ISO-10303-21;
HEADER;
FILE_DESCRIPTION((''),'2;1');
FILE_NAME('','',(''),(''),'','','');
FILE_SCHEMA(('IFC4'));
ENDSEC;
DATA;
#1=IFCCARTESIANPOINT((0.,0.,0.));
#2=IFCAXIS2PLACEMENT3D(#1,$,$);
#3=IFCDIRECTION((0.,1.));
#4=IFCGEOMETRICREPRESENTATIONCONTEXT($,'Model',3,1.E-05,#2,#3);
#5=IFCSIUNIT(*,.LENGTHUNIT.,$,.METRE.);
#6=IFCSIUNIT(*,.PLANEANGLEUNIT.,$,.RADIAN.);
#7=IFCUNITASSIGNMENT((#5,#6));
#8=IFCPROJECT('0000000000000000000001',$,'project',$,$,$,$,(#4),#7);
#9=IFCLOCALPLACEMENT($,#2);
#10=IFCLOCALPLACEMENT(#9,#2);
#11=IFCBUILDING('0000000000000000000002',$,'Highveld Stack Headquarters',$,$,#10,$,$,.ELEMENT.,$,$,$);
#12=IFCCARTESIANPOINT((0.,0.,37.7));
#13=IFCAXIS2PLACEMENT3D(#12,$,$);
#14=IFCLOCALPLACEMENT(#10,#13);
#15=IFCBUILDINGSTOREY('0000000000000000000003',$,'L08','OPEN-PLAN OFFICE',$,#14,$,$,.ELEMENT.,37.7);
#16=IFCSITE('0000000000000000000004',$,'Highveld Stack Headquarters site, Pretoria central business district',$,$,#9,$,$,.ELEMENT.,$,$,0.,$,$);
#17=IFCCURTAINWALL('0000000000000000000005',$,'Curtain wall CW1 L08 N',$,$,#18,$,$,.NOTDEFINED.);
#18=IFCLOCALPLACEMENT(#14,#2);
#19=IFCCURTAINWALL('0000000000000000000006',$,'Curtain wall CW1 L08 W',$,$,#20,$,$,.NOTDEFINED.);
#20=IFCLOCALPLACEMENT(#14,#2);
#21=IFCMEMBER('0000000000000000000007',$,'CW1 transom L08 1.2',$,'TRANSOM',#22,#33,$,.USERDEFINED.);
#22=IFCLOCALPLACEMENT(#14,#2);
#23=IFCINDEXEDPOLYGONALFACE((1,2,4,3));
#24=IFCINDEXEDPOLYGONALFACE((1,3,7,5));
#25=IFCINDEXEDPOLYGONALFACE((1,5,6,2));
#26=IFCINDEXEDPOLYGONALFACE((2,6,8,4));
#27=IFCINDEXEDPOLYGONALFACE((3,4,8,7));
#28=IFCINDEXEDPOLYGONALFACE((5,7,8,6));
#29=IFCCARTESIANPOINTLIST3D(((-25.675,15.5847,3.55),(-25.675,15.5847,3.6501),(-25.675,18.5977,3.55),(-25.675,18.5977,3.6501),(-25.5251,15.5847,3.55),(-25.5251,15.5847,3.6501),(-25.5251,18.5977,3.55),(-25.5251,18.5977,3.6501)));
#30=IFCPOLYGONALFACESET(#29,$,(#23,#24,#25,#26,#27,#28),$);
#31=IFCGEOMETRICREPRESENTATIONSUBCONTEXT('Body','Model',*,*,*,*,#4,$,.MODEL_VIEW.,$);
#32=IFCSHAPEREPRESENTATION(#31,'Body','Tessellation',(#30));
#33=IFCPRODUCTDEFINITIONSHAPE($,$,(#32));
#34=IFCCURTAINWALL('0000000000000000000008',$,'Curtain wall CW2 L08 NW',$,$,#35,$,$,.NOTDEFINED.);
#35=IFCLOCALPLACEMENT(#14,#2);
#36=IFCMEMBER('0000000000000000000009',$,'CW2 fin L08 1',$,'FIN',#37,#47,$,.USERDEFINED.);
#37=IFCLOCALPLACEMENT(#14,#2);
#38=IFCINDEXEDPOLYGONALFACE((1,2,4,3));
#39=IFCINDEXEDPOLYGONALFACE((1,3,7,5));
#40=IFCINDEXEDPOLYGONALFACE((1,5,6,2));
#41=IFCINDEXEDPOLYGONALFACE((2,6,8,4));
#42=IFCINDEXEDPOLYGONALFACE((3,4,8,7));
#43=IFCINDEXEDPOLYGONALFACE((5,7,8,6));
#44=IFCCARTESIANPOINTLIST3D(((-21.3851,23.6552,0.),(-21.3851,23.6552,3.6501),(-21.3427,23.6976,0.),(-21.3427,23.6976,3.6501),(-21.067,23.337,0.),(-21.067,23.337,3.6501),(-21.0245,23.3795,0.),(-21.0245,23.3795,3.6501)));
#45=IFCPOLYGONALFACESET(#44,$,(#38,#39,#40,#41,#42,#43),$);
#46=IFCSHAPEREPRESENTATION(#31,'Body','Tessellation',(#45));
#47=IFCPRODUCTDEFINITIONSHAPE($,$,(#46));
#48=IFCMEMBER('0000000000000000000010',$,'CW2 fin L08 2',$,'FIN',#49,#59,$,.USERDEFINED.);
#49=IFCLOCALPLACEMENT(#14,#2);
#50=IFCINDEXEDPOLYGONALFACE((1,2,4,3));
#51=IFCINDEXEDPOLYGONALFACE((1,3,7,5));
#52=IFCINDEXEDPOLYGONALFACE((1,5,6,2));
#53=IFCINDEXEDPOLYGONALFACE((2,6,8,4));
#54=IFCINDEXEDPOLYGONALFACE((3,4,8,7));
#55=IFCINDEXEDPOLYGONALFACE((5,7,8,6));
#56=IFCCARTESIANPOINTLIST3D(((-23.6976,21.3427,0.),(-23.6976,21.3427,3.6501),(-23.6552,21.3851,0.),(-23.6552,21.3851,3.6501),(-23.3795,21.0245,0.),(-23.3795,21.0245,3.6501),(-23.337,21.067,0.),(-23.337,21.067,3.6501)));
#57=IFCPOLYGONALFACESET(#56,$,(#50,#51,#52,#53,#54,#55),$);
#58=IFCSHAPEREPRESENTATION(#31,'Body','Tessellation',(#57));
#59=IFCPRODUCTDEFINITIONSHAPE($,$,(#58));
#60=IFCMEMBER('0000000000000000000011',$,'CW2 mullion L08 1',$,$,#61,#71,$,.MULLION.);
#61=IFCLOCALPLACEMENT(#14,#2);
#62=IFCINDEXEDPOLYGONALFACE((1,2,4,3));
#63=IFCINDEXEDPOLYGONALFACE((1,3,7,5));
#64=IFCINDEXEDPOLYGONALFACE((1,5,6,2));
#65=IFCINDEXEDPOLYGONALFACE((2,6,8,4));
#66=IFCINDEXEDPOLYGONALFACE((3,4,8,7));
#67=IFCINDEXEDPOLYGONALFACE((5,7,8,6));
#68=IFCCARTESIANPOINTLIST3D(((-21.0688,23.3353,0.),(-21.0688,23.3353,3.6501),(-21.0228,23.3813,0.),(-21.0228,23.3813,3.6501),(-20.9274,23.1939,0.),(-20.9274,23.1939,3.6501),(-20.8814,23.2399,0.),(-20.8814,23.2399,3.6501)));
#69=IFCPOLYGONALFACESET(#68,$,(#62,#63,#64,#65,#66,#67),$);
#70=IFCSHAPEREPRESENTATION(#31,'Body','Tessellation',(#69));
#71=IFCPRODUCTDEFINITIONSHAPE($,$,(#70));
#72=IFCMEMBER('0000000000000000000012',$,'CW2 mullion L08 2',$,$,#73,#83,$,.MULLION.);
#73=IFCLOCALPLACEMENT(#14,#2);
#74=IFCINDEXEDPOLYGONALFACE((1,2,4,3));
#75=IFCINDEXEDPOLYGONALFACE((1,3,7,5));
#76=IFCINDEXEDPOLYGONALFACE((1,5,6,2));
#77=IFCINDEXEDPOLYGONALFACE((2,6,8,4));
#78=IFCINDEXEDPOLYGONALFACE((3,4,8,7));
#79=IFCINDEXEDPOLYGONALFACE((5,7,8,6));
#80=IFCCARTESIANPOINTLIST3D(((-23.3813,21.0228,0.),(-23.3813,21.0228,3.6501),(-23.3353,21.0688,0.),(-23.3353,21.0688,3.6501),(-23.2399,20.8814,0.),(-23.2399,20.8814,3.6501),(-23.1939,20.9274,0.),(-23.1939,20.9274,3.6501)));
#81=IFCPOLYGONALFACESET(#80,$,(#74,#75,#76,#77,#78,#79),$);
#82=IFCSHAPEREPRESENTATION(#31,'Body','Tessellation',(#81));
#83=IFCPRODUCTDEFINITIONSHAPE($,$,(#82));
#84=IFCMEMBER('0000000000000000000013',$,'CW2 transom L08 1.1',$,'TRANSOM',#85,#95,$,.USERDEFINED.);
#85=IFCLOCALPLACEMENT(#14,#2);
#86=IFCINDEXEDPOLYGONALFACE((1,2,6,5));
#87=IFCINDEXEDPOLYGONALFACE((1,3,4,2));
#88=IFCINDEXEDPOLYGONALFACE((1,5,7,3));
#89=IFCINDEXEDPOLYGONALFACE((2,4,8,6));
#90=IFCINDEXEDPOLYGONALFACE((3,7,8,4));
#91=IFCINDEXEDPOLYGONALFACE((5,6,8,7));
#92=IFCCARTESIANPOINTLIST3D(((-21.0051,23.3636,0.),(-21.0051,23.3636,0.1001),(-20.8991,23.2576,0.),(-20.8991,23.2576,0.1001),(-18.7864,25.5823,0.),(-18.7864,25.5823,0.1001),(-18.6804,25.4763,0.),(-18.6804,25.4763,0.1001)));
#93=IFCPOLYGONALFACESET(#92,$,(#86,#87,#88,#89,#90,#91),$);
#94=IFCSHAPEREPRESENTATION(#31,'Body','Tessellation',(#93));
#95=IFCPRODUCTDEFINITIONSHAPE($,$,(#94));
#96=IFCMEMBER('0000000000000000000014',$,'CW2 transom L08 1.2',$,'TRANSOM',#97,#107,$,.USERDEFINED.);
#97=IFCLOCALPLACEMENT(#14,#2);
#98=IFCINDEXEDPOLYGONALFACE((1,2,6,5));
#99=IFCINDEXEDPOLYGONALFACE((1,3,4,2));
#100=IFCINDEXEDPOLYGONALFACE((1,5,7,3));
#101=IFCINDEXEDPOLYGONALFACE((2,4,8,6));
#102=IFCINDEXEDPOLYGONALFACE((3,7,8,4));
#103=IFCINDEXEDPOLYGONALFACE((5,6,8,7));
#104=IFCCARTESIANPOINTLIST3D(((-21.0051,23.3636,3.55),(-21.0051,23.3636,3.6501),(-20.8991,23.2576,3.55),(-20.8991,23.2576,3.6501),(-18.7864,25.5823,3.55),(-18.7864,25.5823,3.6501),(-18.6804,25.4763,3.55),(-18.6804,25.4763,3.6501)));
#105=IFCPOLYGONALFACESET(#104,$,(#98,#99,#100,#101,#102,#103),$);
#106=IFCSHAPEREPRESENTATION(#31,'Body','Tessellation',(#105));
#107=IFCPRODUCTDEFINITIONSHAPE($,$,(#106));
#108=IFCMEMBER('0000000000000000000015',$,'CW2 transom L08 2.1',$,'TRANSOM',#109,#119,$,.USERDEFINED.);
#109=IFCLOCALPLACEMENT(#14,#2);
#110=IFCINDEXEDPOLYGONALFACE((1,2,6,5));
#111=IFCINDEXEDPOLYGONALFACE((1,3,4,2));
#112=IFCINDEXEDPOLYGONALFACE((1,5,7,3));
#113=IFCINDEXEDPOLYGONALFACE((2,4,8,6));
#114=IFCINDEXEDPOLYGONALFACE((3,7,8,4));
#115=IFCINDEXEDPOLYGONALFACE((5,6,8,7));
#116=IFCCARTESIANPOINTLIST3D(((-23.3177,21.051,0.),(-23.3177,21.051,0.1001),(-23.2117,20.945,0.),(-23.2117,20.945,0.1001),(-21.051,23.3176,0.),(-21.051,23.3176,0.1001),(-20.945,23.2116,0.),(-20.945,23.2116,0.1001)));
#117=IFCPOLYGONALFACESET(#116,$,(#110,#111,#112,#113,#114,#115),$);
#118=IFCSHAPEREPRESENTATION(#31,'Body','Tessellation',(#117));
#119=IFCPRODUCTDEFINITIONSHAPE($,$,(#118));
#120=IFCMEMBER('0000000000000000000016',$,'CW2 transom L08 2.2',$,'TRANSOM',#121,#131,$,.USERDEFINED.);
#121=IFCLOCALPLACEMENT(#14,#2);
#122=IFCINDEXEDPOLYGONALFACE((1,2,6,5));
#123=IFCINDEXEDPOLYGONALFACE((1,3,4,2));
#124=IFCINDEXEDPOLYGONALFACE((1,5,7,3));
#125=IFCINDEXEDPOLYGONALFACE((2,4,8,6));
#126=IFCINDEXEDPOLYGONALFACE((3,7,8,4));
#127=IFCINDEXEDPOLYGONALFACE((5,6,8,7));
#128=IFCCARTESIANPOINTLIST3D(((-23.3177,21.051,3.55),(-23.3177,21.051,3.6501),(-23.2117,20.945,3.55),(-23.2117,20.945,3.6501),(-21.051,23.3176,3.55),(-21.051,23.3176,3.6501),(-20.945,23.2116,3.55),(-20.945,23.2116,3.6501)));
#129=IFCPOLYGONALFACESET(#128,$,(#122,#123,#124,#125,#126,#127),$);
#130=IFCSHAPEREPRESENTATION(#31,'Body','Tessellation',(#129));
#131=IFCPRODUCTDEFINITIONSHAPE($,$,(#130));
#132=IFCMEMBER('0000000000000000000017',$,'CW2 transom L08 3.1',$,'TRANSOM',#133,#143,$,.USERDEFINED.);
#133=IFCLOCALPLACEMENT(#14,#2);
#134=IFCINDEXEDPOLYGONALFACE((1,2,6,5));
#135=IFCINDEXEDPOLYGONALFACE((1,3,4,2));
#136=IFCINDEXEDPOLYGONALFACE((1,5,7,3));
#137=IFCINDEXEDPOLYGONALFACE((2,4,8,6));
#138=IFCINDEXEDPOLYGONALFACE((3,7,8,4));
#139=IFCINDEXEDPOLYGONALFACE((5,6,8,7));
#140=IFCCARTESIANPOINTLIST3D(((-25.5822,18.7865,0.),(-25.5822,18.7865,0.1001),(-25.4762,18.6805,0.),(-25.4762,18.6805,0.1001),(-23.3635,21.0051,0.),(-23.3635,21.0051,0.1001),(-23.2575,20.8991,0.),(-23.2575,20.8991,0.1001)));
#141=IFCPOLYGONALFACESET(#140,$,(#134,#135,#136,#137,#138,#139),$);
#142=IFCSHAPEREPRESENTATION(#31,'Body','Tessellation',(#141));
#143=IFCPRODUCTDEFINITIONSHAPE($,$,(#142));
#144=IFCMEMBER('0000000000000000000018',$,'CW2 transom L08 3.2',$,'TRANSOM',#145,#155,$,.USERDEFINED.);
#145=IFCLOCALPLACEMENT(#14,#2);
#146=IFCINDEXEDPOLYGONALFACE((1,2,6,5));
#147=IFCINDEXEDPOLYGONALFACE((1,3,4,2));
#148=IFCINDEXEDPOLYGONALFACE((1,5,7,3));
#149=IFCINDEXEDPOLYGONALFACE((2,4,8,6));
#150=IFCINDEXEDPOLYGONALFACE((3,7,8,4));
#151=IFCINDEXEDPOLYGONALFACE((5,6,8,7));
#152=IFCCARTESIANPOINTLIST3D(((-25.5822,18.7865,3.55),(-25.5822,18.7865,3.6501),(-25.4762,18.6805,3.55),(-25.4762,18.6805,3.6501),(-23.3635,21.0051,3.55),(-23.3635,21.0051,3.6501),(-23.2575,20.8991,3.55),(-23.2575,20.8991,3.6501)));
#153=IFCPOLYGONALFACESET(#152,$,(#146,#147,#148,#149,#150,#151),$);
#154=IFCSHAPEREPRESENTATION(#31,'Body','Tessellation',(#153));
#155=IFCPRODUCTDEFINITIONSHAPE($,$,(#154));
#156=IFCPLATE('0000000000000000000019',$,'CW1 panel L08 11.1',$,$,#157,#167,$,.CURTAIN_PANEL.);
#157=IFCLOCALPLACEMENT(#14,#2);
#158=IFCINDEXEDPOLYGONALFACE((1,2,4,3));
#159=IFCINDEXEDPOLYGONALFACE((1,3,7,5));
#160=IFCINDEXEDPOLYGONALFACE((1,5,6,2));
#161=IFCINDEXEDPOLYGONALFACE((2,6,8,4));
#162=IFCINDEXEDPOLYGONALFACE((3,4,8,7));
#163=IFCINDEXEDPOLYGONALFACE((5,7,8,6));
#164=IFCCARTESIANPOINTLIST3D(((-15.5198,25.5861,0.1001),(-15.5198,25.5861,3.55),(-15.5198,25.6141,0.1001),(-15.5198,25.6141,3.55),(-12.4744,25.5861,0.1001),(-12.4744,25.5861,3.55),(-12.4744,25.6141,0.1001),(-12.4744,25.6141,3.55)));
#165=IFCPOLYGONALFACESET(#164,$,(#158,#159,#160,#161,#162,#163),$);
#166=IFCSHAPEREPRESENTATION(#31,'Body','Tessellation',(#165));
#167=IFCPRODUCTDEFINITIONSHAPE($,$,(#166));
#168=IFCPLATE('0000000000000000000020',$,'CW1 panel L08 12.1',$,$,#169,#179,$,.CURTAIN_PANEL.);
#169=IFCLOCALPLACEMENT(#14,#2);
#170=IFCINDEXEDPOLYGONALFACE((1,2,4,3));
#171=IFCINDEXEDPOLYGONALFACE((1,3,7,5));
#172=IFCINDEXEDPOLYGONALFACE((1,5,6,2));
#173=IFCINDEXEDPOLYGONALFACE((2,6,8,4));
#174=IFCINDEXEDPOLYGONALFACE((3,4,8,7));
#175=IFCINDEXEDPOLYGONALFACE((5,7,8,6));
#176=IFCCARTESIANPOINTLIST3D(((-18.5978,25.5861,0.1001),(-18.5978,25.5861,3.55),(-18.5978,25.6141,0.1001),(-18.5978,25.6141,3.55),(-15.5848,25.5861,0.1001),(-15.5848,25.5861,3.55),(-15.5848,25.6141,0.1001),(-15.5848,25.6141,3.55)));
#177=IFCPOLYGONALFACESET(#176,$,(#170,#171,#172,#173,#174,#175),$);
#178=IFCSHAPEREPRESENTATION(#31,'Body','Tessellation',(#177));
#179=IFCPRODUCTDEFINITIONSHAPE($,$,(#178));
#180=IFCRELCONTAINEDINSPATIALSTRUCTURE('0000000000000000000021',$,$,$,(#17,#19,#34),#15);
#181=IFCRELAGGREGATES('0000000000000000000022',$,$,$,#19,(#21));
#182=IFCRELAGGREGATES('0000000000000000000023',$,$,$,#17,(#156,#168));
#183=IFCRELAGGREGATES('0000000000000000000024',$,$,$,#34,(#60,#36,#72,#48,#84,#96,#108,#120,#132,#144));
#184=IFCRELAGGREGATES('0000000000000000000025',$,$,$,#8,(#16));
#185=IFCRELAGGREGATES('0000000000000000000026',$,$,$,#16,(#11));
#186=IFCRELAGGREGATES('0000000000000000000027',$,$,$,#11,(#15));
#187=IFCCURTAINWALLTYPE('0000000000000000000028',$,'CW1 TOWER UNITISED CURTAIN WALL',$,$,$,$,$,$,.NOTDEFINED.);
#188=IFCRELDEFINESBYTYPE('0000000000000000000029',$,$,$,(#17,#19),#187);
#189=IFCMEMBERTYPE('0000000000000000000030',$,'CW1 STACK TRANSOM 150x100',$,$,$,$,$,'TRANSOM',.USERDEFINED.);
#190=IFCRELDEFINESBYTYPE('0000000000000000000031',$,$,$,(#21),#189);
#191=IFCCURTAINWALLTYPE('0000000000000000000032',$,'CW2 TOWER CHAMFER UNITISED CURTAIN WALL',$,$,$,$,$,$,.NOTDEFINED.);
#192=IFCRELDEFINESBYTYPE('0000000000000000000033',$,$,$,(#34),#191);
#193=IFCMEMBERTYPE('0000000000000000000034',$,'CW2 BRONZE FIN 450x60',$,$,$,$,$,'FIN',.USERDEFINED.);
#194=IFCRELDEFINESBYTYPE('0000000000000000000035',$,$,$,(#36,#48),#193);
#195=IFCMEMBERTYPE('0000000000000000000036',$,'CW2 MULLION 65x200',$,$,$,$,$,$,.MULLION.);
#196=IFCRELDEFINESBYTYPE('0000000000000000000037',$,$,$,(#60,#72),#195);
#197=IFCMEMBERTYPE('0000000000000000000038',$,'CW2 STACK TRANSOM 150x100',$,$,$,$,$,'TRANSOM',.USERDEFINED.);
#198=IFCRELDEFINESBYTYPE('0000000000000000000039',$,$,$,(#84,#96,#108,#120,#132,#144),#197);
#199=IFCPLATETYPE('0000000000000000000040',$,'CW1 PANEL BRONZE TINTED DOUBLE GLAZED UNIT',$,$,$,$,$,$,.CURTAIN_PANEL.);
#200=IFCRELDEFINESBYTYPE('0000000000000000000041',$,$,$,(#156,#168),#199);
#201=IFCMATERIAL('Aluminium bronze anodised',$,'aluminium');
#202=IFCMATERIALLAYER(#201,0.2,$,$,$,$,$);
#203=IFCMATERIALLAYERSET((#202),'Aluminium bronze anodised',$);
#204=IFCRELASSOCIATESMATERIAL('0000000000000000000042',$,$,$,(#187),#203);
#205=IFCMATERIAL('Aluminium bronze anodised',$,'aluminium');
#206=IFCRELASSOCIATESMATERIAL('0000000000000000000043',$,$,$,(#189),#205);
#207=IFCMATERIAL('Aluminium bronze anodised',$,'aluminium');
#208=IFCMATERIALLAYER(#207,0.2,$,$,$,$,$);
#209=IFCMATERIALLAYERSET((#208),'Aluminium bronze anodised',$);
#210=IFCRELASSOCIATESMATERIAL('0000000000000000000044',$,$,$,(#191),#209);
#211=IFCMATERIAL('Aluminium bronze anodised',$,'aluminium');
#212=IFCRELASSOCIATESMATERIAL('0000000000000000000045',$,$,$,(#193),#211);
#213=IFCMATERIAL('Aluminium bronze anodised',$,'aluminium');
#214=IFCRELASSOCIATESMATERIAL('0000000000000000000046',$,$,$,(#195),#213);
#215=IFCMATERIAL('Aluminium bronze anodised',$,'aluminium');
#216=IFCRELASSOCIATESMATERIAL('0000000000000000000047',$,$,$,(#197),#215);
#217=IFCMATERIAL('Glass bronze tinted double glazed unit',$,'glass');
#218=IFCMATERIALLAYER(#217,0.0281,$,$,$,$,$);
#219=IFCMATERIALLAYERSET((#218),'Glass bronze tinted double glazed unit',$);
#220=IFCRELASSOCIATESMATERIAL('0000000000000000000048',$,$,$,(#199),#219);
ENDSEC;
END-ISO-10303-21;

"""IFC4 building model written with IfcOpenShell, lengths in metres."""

from ifc_helpers import new_model, si_unit, direction, frame, origin, origin_2d, place, context, subcontext, project, spatial, rectangle, extrude, material, layer, layer_set, material_profile, profile_set, type_object, element, aggregate, save


model = new_model("IFC4")

# Units and contexts
model_context = context("Model", 3, precision=1e-05, world=origin(), true_north=direction((0.0, 1.0)))
body_context = subcontext(model_context, "Body", "Model", "MODEL_VIEW")
ifc_project = project(units=[si_unit("LENGTHUNIT", "METRE"), si_unit("PLANEANGLEUNIT", "RADIAN")], contexts=[model_context])

# Site, building, storey
site_placement = place(None, origin())
site = spatial("IfcSite", under=ifc_project, at=site_placement, Name="Highveld Stack Headquarters site, Pretoria central business district", CompositionType="ELEMENT", RefElevation=0.0)
building_placement = place(site_placement, origin())
building = spatial("IfcBuilding", under=site, at=building_placement, Name="Highveld Stack Headquarters", CompositionType="ELEMENT")
storey_placement = place(building_placement, frame((0.0, 0.0, 37.7)))
storey = spatial("IfcBuildingStorey", under=building, at=storey_placement, Name="L08", Description="OPEN-PLAN OFFICE", CompositionType="ELEMENT", Elevation=37.7)

# Curtain wall
ifc_material_1 = material(Name="Aluminium bronze anodised", Category="aluminium")
ifc_layer_1 = layer(ifc_material_1, 0.2)
ifc_layer_set_1 = layer_set([ifc_layer_1], Name="Aluminium bronze anodised")
curtain_wall_type_1 = type_object("IfcCurtainWallType", Name="CW1 TOWER UNITISED CURTAIN WALL", PredefinedType="NOTDEFINED", material=ifc_layer_set_1)
curtain_wall_1_placement = place(storey_placement, origin())
curtain_wall_1 = element("IfcCurtainWall", 1, at=curtain_wall_1_placement, inside=storey, type_object=curtain_wall_type_1, Name="Curtain wall CW1 L08 N", PredefinedType="NOTDEFINED")

# Curtain wall
curtain_wall_2_placement = place(storey_placement, origin())
curtain_wall_2 = element("IfcCurtainWall", 2, at=curtain_wall_2_placement, inside=storey, type_object=curtain_wall_type_1, Name="Curtain wall CW1 L08 W", PredefinedType="NOTDEFINED")

# Member
ifc_material_2 = material(Name="Aluminium bronze anodised", Category="aluminium")
ifc_material_profile_1 = material_profile(ifc_material_2, rectangle(XDim=0.1499, YDim=0.1001, at=origin_2d()), Name="CW1 TRANSOM 150x100")
ifc_profile_set_1 = profile_set([ifc_material_profile_1], Name="Aluminium bronze anodised")
member_type_1 = type_object("IfcMemberType", Name="CW1 STACK TRANSOM 150x100", ElementType="TRANSOM", PredefinedType="USERDEFINED", material=ifc_profile_set_1)
member_1_placement = place(storey_placement, frame((-25.6001, 18.5977, 3.6001), z_axis=(0.0, -1.0, 0.0), x_axis=(1.0, 0.0, 0.0)))
member_1 = element("IfcMember", 3, at=member_1_placement, type_object=member_type_1, Name="CW1 transom L08 1.2", ObjectType="TRANSOM", PredefinedType="USERDEFINED", context=body_context, shape_type="SweptSolid", body=[
    extrude(rectangle(XDim=0.1499, YDim=0.1001, at=origin_2d()), origin(), (0.0, 0.0, 1.0), 3.0129),
])
aggregate(curtain_wall_2, [member_1])

# Curtain wall, members
ifc_material_3 = material(Name="Aluminium bronze anodised", Category="aluminium")
ifc_layer_2 = layer(ifc_material_3, 0.2)
ifc_layer_set_2 = layer_set([ifc_layer_2], Name="Aluminium bronze anodised")
curtain_wall_type_2 = type_object("IfcCurtainWallType", Name="CW2 TOWER CHAMFER UNITISED CURTAIN WALL", PredefinedType="NOTDEFINED", material=ifc_layer_set_2)
curtain_wall_3_placement = place(storey_placement, origin())
curtain_wall_3 = element("IfcCurtainWall", 4, at=curtain_wall_3_placement, inside=storey, type_object=curtain_wall_type_2, Name="Curtain wall CW2 L08 NW", PredefinedType="NOTDEFINED")
ifc_material_4 = material(Name="Aluminium bronze anodised", Category="aluminium")
ifc_material_profile_2 = material_profile(ifc_material_4, rectangle(XDim=0.45, YDim=0.0601, at=origin_2d()), Name="FIN 450x60")
ifc_profile_set_2 = profile_set([ifc_material_profile_2], Name="Aluminium bronze anodised")
member_type_2 = type_object("IfcMemberType", Name="CW2 BRONZE FIN 450x60", ElementType="FIN", PredefinedType="USERDEFINED", material=ifc_profile_set_2)
member_2_placement = place(storey_placement, frame((-21.2048, 23.5173, 0.0), z_axis=(0.0, 0.0, 1.0), x_axis=(0.707107, -0.707107, 0.0)))
member_2 = element("IfcMember", 5, at=member_2_placement, type_object=member_type_2, Name="CW2 fin L08 1", ObjectType="FIN", PredefinedType="USERDEFINED", context=body_context, shape_type="SweptSolid", body=[
    extrude(rectangle(XDim=0.45, YDim=0.0601, at=origin_2d()), origin(), (0.0, 0.0, 1.0), 3.6501),
])
member_3_placement = place(storey_placement, frame((-23.5173, 21.2048, 0.0), z_axis=(0.0, 0.0, 1.0), x_axis=(0.707107, -0.707107, 0.0)))
member_3 = element("IfcMember", 6, at=member_3_placement, type_object=member_type_2, Name="CW2 fin L08 2", ObjectType="FIN", PredefinedType="USERDEFINED", context=body_context, shape_type="SweptSolid", body=[
    extrude(rectangle(XDim=0.45, YDim=0.0601, at=origin_2d()), origin(), (0.0, 0.0, 1.0), 3.6501),
])
ifc_material_5 = material(Name="Aluminium bronze anodised", Category="aluminium")
ifc_material_profile_3 = material_profile(ifc_material_5, rectangle(XDim=0.2, YDim=0.0649, at=origin_2d()), Name="CW2 MULLION 65x200")
ifc_profile_set_3 = profile_set([ifc_material_profile_3], Name="Aluminium bronze anodised")
member_type_3 = type_object("IfcMemberType", Name="CW2 MULLION 65x200", PredefinedType="MULLION", material=ifc_profile_set_3)
member_4_placement = place(storey_placement, frame((-20.9751, 23.2876, 0.0), z_axis=(0.0, 0.0, 1.0), x_axis=(0.707107, -0.707107, 0.0)))
member_4 = element("IfcMember", 7, at=member_4_placement, type_object=member_type_3, Name="CW2 mullion L08 1", PredefinedType="MULLION", context=body_context, shape_type="SweptSolid", body=[
    extrude(rectangle(XDim=0.2, YDim=0.0649, at=origin_2d()), origin(), (0.0, 0.0, 1.0), 3.6501),
])
member_5_placement = place(storey_placement, frame((-23.2876, 20.9751, 0.0), z_axis=(0.0, 0.0, 1.0), x_axis=(0.707107, -0.707107, 0.0)))
member_5 = element("IfcMember", 8, at=member_5_placement, type_object=member_type_3, Name="CW2 mullion L08 2", PredefinedType="MULLION", context=body_context, shape_type="SweptSolid", body=[
    extrude(rectangle(XDim=0.2, YDim=0.0649, at=origin_2d()), origin(), (0.0, 0.0, 1.0), 3.6501),
])
ifc_material_6 = material(Name="Aluminium bronze anodised", Category="aluminium")
ifc_material_profile_4 = material_profile(ifc_material_6, rectangle(XDim=0.1499, YDim=0.1001, at=origin_2d()), Name="CW2 TRANSOM 150x100")
ifc_profile_set_4 = profile_set([ifc_material_profile_4], Name="Aluminium bronze anodised")
member_type_4 = type_object("IfcMemberType", Name="CW2 STACK TRANSOM 150x100", ElementType="TRANSOM", PredefinedType="USERDEFINED", material=ifc_profile_set_4)
member_6_placement = place(storey_placement, frame((-18.7334, 25.5293, 0.05), z_axis=(-0.707107, -0.707107, 0.0), x_axis=(0.707107, -0.707107, 0.0)))
member_6 = element("IfcMember", 9, at=member_6_placement, type_object=member_type_4, Name="CW2 transom L08 1.1", ObjectType="TRANSOM", PredefinedType="USERDEFINED", context=body_context, shape_type="SweptSolid", body=[
    extrude(rectangle(XDim=0.1499, YDim=0.1001, at=origin_2d()), origin(), (0.0, 0.0, 1.0), 3.1377),
])
member_7_placement = place(storey_placement, frame((-18.7334, 25.5293, 3.6001), z_axis=(-0.707107, -0.707107, 0.0), x_axis=(0.707107, -0.707107, 0.0)))
member_7 = element("IfcMember", 10, at=member_7_placement, type_object=member_type_4, Name="CW2 transom L08 1.2", ObjectType="TRANSOM", PredefinedType="USERDEFINED", context=body_context, shape_type="SweptSolid", body=[
    extrude(rectangle(XDim=0.1499, YDim=0.1001, at=origin_2d()), origin(), (0.0, 0.0, 1.0), 3.1377),
])
member_8_placement = place(storey_placement, frame((-20.998, 23.2646, 0.05), z_axis=(-0.707107, -0.707107, 0.0), x_axis=(0.707107, -0.707107, 0.0)))
member_8 = element("IfcMember", 11, at=member_8_placement, type_object=member_type_4, Name="CW2 transom L08 2.1", ObjectType="TRANSOM", PredefinedType="USERDEFINED", context=body_context, shape_type="SweptSolid", body=[
    extrude(rectangle(XDim=0.1499, YDim=0.1001, at=origin_2d()), origin(), (0.0, 0.0, 1.0), 3.2056),
])
member_9_placement = place(storey_placement, frame((-20.998, 23.2646, 3.6001), z_axis=(-0.707107, -0.707107, 0.0), x_axis=(0.707107, -0.707107, 0.0)))
member_9 = element("IfcMember", 12, at=member_9_placement, type_object=member_type_4, Name="CW2 transom L08 2.2", ObjectType="TRANSOM", PredefinedType="USERDEFINED", context=body_context, shape_type="SweptSolid", body=[
    extrude(rectangle(XDim=0.1499, YDim=0.1001, at=origin_2d()), origin(), (0.0, 0.0, 1.0), 3.2056),
])
member_10_placement = place(storey_placement, frame((-23.3105, 20.9521, 0.05), z_axis=(-0.707107, -0.707107, 0.0), x_axis=(0.707107, -0.707107, 0.0)))
member_10 = element("IfcMember", 13, at=member_10_placement, type_object=member_type_4, Name="CW2 transom L08 3.1", ObjectType="TRANSOM", PredefinedType="USERDEFINED", context=body_context, shape_type="SweptSolid", body=[
    extrude(rectangle(XDim=0.1499, YDim=0.1001, at=origin_2d()), origin(), (0.0, 0.0, 1.0), 3.1377),
])
member_11_placement = place(storey_placement, frame((-23.3105, 20.9521, 3.6001), z_axis=(-0.707107, -0.707107, 0.0), x_axis=(0.707107, -0.707107, 0.0)))
member_11 = element("IfcMember", 14, at=member_11_placement, type_object=member_type_4, Name="CW2 transom L08 3.2", ObjectType="TRANSOM", PredefinedType="USERDEFINED", context=body_context, shape_type="SweptSolid", body=[
    extrude(rectangle(XDim=0.1499, YDim=0.1001, at=origin_2d()), origin(), (0.0, 0.0, 1.0), 3.1377),
])

# Plates
ifc_material_7 = material(Name="Glass bronze tinted double glazed unit", Category="glass")
ifc_layer_3 = layer(ifc_material_7, 0.0281)
ifc_layer_set_3 = layer_set([ifc_layer_3], Name="Glass bronze tinted double glazed unit")
plate_type_1 = type_object("IfcPlateType", Name="CW1 PANEL BRONZE TINTED DOUBLE GLAZED UNIT", PredefinedType="CURTAIN_PANEL", material=ifc_layer_set_3)
plate_1_placement = place(storey_placement, frame((-13.9971, 25.6001, 0.1001), z_axis=(0.0, 0.0, 1.0), x_axis=(-1.0, 0.0, 0.0)))
plate_1 = element("IfcPlate", 15, at=plate_1_placement, type_object=plate_type_1, Name="CW1 panel L08 11.1", PredefinedType="CURTAIN_PANEL", context=body_context, shape_type="SweptSolid", body=[
    extrude(rectangle(XDim=3.0454, YDim=0.0281, at=origin_2d()), origin(), (0.0, 0.0, 1.0), 3.45),
])
plate_2_placement = place(storey_placement, frame((-17.0913, 25.6001, 0.1001), z_axis=(0.0, 0.0, 1.0), x_axis=(-1.0, 0.0, 0.0)))
plate_2 = element("IfcPlate", 16, at=plate_2_placement, type_object=plate_type_1, Name="CW1 panel L08 12.1", PredefinedType="CURTAIN_PANEL", context=body_context, shape_type="SweptSolid", body=[
    extrude(rectangle(XDim=3.0129, YDim=0.0281, at=origin_2d()), origin(), (0.0, 0.0, 1.0), 3.45),
])
aggregate(curtain_wall_1, [plate_1, plate_2])
aggregate(curtain_wall_3, [member_4, member_2, member_5, member_3, member_6, member_7, member_8, member_9, member_10, member_11])

save(model, "model.ifc")
